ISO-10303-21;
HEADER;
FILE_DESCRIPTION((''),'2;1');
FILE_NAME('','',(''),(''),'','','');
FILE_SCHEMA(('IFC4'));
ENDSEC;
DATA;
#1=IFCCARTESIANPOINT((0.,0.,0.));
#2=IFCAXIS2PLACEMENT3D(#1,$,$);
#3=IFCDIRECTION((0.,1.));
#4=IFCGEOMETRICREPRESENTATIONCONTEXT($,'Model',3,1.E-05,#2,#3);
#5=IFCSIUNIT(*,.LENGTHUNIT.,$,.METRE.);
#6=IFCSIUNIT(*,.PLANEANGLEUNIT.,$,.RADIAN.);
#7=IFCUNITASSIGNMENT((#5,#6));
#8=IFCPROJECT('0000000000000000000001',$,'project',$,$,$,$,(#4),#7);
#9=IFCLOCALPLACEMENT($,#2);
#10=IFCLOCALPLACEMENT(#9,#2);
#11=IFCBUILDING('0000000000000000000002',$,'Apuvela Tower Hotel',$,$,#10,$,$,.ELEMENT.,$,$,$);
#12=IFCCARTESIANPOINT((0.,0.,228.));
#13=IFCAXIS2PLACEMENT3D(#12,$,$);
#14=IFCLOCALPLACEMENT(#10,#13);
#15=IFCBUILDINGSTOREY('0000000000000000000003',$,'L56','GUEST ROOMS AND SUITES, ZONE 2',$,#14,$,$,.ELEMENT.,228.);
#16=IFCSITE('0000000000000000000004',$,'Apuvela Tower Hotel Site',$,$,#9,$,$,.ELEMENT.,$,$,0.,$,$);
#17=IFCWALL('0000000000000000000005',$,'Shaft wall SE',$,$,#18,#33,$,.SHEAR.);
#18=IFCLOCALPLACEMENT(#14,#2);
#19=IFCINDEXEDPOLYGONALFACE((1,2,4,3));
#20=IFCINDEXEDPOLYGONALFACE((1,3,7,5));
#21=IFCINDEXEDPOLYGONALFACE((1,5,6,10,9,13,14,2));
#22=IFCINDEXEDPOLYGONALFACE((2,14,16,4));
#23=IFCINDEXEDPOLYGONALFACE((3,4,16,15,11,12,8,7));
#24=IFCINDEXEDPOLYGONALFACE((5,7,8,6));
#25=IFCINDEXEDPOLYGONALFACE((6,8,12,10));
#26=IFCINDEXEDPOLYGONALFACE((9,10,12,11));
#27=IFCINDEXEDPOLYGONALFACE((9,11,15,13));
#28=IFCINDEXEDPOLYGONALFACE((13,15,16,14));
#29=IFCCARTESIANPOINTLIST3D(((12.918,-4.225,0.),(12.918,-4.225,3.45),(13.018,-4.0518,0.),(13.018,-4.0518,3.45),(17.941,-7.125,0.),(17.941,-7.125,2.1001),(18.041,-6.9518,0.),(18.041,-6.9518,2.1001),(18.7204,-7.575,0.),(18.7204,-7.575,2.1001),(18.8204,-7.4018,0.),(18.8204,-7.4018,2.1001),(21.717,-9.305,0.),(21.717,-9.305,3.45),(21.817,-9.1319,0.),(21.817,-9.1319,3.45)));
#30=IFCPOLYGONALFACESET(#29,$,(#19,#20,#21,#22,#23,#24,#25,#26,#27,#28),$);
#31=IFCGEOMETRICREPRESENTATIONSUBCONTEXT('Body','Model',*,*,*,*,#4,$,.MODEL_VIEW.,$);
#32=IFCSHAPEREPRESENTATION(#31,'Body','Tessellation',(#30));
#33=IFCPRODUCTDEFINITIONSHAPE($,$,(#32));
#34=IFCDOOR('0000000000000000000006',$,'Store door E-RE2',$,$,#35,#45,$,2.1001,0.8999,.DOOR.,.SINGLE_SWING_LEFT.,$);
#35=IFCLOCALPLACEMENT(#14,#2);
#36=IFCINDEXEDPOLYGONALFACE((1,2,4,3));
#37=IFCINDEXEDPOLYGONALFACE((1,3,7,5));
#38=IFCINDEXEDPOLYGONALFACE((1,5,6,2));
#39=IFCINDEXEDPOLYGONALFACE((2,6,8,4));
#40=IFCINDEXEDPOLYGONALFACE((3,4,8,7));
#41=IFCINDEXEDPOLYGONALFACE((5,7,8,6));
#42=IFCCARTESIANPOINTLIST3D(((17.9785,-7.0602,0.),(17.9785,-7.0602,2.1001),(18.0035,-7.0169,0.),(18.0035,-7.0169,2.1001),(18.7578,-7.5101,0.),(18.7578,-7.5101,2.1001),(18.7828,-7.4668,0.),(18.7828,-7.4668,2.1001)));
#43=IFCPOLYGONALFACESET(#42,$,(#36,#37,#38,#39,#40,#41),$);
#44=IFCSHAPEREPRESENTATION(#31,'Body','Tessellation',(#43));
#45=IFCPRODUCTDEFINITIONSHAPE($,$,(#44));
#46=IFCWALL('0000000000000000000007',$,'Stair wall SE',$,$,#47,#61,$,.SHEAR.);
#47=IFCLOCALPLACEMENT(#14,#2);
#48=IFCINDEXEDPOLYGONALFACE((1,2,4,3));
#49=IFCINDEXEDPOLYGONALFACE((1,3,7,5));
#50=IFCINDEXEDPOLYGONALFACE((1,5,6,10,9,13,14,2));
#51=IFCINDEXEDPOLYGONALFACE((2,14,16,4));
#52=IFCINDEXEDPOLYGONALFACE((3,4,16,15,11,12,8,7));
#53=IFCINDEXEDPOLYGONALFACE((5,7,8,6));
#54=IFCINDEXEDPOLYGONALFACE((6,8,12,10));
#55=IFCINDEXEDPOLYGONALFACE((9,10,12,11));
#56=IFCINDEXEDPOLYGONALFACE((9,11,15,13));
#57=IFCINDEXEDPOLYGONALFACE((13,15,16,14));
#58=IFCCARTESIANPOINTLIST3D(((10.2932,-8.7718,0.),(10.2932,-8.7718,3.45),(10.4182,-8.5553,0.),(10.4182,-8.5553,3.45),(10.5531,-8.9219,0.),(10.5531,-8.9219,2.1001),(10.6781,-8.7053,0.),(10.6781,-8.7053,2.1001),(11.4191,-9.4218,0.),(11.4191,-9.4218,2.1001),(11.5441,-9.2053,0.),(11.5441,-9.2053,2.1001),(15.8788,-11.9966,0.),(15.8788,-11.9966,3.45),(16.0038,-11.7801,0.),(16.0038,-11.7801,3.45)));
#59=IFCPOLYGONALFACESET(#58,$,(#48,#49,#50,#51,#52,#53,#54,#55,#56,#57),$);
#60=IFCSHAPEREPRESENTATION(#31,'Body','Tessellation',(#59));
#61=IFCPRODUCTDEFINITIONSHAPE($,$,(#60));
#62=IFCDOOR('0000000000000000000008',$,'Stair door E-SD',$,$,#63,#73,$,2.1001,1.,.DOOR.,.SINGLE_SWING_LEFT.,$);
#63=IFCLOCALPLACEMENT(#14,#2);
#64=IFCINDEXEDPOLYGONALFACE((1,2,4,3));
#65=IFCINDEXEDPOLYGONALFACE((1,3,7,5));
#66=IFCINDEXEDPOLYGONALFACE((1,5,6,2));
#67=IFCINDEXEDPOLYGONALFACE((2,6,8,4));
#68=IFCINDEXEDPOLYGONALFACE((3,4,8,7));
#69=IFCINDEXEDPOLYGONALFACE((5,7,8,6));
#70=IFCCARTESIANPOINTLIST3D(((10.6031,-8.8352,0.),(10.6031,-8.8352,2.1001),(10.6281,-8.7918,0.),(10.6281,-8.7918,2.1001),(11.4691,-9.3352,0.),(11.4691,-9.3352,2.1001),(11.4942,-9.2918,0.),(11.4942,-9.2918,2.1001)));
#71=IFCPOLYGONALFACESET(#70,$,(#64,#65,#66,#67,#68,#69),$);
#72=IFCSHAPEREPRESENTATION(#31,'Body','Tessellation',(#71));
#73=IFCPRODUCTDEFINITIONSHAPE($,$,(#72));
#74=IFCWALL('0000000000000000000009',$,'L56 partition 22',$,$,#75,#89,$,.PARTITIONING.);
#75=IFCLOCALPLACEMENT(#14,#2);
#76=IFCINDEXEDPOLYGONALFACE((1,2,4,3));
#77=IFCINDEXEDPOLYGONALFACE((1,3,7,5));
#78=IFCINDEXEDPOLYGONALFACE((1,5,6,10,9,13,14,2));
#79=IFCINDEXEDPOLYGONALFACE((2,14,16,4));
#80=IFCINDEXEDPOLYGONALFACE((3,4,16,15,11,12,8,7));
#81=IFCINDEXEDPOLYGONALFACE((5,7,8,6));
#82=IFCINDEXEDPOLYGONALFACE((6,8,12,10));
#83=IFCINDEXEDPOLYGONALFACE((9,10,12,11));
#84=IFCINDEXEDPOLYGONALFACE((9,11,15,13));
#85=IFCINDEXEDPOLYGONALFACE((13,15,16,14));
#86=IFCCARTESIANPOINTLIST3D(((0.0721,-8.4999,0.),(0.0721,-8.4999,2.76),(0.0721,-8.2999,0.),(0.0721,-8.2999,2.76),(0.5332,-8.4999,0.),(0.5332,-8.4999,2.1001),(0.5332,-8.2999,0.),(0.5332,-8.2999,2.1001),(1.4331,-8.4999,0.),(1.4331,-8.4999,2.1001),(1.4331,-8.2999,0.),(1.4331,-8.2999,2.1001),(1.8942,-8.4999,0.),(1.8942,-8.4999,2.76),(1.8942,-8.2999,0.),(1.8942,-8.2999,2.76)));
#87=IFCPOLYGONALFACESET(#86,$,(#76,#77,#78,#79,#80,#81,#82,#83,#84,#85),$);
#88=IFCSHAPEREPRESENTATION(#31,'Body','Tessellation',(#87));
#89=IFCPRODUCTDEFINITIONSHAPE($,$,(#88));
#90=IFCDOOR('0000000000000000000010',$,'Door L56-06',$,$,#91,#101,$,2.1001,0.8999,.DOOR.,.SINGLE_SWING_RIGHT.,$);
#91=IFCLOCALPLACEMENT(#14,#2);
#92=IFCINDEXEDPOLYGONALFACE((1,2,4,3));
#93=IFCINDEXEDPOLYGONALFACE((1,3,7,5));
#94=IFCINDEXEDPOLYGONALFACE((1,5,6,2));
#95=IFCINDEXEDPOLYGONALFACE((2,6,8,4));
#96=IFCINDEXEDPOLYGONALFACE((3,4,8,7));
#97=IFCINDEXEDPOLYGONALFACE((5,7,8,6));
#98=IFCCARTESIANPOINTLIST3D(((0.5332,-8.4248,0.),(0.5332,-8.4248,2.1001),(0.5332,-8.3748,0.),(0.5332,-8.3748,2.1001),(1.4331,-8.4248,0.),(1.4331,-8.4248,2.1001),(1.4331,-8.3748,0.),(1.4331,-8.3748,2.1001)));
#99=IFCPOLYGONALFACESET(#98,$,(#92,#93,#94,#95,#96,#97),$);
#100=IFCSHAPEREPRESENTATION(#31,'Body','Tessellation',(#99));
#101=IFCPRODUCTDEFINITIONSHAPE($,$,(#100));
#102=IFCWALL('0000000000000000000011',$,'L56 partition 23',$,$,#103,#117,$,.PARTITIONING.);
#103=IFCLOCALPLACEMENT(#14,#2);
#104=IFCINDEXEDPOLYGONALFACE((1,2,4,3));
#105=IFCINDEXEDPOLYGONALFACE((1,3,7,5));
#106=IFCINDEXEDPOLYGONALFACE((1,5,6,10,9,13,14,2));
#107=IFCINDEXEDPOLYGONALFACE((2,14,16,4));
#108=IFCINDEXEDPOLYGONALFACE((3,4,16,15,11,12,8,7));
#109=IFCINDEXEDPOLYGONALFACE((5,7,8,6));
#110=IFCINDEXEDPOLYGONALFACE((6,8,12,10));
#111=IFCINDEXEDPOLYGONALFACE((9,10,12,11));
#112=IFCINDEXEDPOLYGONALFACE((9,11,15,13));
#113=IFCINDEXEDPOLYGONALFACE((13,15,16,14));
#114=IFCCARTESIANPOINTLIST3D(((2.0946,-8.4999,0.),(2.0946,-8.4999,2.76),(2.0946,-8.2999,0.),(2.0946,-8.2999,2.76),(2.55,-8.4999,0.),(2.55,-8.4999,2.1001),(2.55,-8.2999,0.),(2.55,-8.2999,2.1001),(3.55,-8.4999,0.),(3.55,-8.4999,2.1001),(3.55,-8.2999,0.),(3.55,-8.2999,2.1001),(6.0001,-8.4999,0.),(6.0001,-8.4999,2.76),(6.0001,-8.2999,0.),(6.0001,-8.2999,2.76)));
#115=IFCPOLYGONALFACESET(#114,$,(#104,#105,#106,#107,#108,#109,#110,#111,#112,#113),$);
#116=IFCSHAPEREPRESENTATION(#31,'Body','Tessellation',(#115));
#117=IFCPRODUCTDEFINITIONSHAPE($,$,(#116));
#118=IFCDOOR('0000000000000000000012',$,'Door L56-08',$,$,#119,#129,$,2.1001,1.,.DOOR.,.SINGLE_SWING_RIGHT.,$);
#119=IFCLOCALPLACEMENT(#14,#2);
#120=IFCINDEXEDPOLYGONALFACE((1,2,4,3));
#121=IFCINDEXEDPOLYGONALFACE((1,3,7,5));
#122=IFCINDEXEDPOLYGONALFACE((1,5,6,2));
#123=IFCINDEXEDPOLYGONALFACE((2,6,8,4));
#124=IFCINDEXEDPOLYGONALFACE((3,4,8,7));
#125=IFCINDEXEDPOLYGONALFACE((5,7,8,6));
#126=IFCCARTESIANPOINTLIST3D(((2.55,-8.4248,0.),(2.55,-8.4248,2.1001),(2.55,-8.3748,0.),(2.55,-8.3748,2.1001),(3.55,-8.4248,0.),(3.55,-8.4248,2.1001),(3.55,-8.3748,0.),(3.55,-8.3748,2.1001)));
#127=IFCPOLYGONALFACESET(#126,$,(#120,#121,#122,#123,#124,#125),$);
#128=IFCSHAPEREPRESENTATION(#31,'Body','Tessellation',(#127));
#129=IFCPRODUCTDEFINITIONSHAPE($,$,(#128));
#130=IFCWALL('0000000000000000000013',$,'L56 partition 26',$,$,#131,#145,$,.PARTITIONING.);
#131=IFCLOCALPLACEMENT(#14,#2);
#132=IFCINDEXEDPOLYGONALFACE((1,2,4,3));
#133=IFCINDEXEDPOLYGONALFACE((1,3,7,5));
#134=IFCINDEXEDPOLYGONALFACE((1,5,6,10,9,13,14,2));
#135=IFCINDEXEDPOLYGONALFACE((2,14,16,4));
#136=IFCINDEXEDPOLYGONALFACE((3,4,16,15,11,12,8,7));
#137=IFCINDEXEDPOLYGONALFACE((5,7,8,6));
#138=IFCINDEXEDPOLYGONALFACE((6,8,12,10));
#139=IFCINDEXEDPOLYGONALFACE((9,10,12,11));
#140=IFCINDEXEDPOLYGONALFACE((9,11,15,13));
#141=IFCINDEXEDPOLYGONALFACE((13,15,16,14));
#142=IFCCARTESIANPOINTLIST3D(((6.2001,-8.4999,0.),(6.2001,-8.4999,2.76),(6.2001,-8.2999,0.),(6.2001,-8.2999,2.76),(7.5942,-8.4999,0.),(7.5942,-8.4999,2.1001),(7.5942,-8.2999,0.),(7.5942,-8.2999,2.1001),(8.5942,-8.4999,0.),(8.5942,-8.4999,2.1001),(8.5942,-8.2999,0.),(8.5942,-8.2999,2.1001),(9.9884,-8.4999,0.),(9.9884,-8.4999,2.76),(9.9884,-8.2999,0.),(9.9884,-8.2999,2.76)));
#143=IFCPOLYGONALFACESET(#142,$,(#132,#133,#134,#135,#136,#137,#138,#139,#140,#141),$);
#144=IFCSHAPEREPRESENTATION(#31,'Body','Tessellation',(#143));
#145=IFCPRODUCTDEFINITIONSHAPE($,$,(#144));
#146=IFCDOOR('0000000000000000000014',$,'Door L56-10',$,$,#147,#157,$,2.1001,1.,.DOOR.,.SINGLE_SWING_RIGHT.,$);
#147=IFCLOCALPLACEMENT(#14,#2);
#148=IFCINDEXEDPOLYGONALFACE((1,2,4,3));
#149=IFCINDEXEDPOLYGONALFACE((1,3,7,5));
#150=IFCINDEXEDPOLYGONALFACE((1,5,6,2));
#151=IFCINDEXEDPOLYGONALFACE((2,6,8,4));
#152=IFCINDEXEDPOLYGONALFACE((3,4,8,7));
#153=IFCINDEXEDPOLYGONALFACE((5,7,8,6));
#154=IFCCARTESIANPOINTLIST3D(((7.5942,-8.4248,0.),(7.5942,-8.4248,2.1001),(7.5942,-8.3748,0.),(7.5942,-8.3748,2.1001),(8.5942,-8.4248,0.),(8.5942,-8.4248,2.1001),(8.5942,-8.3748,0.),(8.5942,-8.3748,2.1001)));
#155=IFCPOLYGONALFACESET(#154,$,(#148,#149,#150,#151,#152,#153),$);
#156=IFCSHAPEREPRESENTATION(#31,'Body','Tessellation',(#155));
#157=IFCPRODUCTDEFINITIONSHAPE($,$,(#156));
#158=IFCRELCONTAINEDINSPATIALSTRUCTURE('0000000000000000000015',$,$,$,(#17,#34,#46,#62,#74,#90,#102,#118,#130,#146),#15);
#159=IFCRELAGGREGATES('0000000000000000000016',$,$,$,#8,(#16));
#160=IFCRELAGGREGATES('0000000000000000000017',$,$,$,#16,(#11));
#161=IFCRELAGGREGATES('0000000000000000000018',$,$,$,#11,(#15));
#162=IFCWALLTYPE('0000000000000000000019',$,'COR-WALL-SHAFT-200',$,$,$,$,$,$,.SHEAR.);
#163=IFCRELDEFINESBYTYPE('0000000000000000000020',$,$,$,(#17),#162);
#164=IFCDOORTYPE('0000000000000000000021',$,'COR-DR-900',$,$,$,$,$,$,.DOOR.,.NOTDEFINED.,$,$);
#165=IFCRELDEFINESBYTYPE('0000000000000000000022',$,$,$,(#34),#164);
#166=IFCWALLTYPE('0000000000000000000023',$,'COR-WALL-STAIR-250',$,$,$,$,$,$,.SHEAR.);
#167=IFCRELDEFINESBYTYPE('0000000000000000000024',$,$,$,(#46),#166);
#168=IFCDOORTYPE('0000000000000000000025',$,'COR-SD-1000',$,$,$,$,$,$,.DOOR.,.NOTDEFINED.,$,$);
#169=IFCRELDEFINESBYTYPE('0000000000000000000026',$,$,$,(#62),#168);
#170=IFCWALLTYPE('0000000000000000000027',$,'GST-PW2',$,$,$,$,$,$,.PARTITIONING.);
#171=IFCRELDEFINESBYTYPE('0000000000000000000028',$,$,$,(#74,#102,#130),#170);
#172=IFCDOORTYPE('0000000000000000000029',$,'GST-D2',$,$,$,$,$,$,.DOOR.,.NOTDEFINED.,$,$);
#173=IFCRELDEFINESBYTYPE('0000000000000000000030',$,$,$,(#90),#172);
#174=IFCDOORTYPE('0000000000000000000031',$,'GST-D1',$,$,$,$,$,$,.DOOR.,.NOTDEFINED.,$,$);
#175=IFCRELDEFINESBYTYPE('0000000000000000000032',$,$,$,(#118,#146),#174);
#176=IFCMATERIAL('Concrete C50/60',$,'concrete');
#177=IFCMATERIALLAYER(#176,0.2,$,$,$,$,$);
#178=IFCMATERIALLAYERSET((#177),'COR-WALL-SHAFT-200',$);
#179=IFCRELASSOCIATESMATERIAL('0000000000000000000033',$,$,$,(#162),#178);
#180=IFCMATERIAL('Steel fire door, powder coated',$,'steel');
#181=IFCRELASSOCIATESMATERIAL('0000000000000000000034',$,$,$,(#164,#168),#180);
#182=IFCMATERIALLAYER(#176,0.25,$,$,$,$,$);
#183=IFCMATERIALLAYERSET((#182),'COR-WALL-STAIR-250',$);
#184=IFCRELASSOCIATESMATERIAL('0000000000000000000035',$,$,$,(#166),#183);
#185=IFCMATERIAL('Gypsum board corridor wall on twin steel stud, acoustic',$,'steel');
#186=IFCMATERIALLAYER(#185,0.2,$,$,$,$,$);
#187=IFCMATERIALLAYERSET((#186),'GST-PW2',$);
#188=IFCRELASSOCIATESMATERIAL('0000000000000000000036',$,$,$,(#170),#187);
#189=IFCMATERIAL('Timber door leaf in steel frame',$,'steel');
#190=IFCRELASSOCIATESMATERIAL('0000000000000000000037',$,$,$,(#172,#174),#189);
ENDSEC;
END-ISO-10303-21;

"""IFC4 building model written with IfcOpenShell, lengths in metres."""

from ifc_helpers import new_model, si_unit, direction, frame, frame_2d, origin, place, context, subcontext, project, spatial, rectangle, extrude, material, layer, layer_set, type_object, element, fill, save


model = new_model("IFC4")

# Units and contexts
model_context = context("Model", 3, precision=1e-05, world=origin(), true_north=direction((0.0, 1.0)))
body_context = subcontext(model_context, "Body", "Model", "MODEL_VIEW")
ifc_project = project(units=[si_unit("LENGTHUNIT", "METRE"), si_unit("PLANEANGLEUNIT", "RADIAN")], contexts=[model_context])

# Site, building, storey
site_placement = place(None, origin())
site = spatial("IfcSite", under=ifc_project, at=site_placement, Name="Apuvela Tower Hotel Site", CompositionType="ELEMENT", RefElevation=0.0)
building_placement = place(site_placement, origin())
building = spatial("IfcBuilding", under=site, at=building_placement, Name="Apuvela Tower Hotel", CompositionType="ELEMENT")
storey_placement = place(building_placement, frame((0.0, 0.0, 228.0)))
storey = spatial("IfcBuildingStorey", under=building, at=storey_placement, Name="L56", Description="GUEST ROOMS AND SUITES, ZONE 2", CompositionType="ELEMENT", Elevation=228.0)

# Shared definitions
ifc_material_1 = material(Name="Concrete C50/60", Category="concrete")
ifc_material_2 = material(Name="Steel fire door, powder coated", Category="steel")

# Shared definitions
ifc_layer_1 = layer(ifc_material_1, 0.2)
ifc_layer_set_1 = layer_set([ifc_layer_1], Name="COR-WALL-SHAFT-200")
wall_type_1 = type_object("IfcWallType", Name="COR-WALL-SHAFT-200", PredefinedType="SHEAR", material=ifc_layer_set_1)

# Walls, openings, doors
wall_1_placement = place(storey_placement, frame((12.968, -4.1384, 0.0), z_axis=(0.0, 0.0, 1.0), x_axis=(0.866028, -0.499995, 0.0)))
wall_1 = element("IfcWall", 1, at=wall_1_placement, inside=storey, type_object=wall_type_1, Name="Shaft wall SE", PredefinedType="SHEAR", context=body_context, shape_type="SweptSolid", body=[
    extrude(rectangle(XDim=10.1602, YDim=0.2, at=frame_2d((5.0801, 0.0))), origin(), (0.0, 0.0, 1.0), 3.45),
])
opening_1_placement = place(wall_1_placement, frame((5.8, 0.0, 0.0)))
opening_1 = element("IfcOpeningElement", 2, at=opening_1_placement, cuts=wall_1, PredefinedType="OPENING", context=body_context, shape_type="SweptSolid", body=[
    extrude(rectangle(XDim=0.8999, YDim=2.1001, at=frame_2d((0.45, 1.05))), frame((0.0, 0.1099, 0.0), z_axis=(0.0, -1.0, 0.0), x_axis=(1.0, 0.0, 0.0)), (0.0, 0.0, 1.0), 0.22),
])
door_type_1 = type_object("IfcDoorType", Name="COR-DR-900", OperationType="NOTDEFINED", PredefinedType="DOOR", material=ifc_material_2)
door_1_placement = place(opening_1_placement, origin())
door_1 = element("IfcDoor", 3, at=door_1_placement, inside=storey, type_object=door_type_1, Name="Store door E-RE2", OperationType="SINGLE_SWING_LEFT", OverallHeight=2.1001, OverallWidth=0.8999, PredefinedType="DOOR", context=body_context, shape_type="SweptSolid", body=[
    extrude(rectangle(XDim=0.8999, YDim=2.1001, at=frame_2d((0.45, 1.05))), frame((0.0, 0.0249, 0.0), z_axis=(0.0, -1.0, 0.0), x_axis=(1.0, 0.0, 0.0)), (0.0, 0.0, 1.0), 0.05),
])
fill(opening_1, door_1)
ifc_layer_2 = layer(ifc_material_1, 0.25)
ifc_layer_set_2 = layer_set([ifc_layer_2], Name="COR-WALL-STAIR-250")
wall_type_2 = type_object("IfcWallType", Name="COR-WALL-STAIR-250", PredefinedType="SHEAR", material=ifc_layer_set_2)
wall_2_placement = place(storey_placement, frame((10.3557, -8.6636, 0.0), z_axis=(0.0, 0.0, 1.0), x_axis=(0.866029, -0.499994, 0.0)))
wall_2 = element("IfcWall", 4, at=wall_2_placement, inside=storey, type_object=wall_type_2, Name="Stair wall SE", PredefinedType="SHEAR", context=body_context, shape_type="SweptSolid", body=[
    extrude(rectangle(XDim=6.4497, YDim=0.25, at=frame_2d((3.2249, 0.0))), origin(), (0.0, 0.0, 1.0), 3.45),
])
opening_2_placement = place(wall_2_placement, frame((0.3, 0.0, 0.0)))
opening_2 = element("IfcOpeningElement", 5, at=opening_2_placement, cuts=wall_2, PredefinedType="OPENING", context=body_context, shape_type="SweptSolid", body=[
    extrude(rectangle(XDim=1.0, YDim=2.1001, at=frame_2d((0.5, 1.05))), frame((0.0, 0.135, 0.0), z_axis=(0.0, -1.0, 0.0), x_axis=(1.0, 0.0, 0.0)), (0.0, 0.0, 1.0), 0.27),
])
door_type_2 = type_object("IfcDoorType", Name="COR-SD-1000", OperationType="NOTDEFINED", PredefinedType="DOOR", material=ifc_material_2)
door_2_placement = place(opening_2_placement, frame((1.0, 0.0, 0.0), z_axis=(0.0, 0.0, 1.0), x_axis=(-1.0, 0.0, 0.0)))
door_2 = element("IfcDoor", 6, at=door_2_placement, inside=storey, type_object=door_type_2, Name="Stair door E-SD", OperationType="SINGLE_SWING_LEFT", OverallHeight=2.1001, OverallWidth=1.0, PredefinedType="DOOR", context=body_context, shape_type="SweptSolid", body=[
    extrude(rectangle(XDim=1.0, YDim=2.1001, at=frame_2d((0.5, 1.05))), frame((0.0, 0.0249, 0.0), z_axis=(0.0, -1.0, 0.0), x_axis=(1.0, 0.0, 0.0)), (0.0, 0.0, 1.0), 0.05),
])
fill(opening_2, door_2)
ifc_material_3 = material(Name="Gypsum board corridor wall on twin steel stud, acoustic", Category="steel")
ifc_layer_3 = layer(ifc_material_3, 0.2)
ifc_layer_set_3 = layer_set([ifc_layer_3], Name="GST-PW2")
wall_type_3 = type_object("IfcWallType", Name="GST-PW2", PredefinedType="PARTITIONING", material=ifc_layer_set_3)
wall_3_placement = place(storey_placement, frame((1.8943, -8.3999, 0.0), z_axis=(0.0, 0.0, 1.0), x_axis=(-1.0, 0.0, 0.0)))
wall_3 = element("IfcWall", 7, at=wall_3_placement, inside=storey, type_object=wall_type_3, Name="L56 partition 22", PredefinedType="PARTITIONING", context=body_context, shape_type="SweptSolid", body=[
    extrude(rectangle(XDim=1.822, YDim=0.2, at=frame_2d((0.9111, 0.0))), origin(), (0.0, 0.0, 1.0), 2.76),
])
opening_3_placement = place(wall_3_placement, frame((0.4612, 0.0, 0.0)))
opening_3 = element("IfcOpeningElement", 8, at=opening_3_placement, cuts=wall_3, PredefinedType="OPENING", context=body_context, shape_type="SweptSolid", body=[
    extrude(rectangle(XDim=0.8999, YDim=2.1001, at=frame_2d((0.45, 1.05))), frame((0.0, 0.1099, 0.0), z_axis=(0.0, -1.0, 0.0), x_axis=(1.0, 0.0, 0.0)), (0.0, 0.0, 1.0), 0.22),
])
ifc_material_4 = material(Name="Timber door leaf in steel frame", Category="steel")
door_type_3 = type_object("IfcDoorType", Name="GST-D2", OperationType="NOTDEFINED", PredefinedType="DOOR", material=ifc_material_4)
door_3_placement = place(opening_3_placement, origin())
door_3 = element("IfcDoor", 9, at=door_3_placement, inside=storey, type_object=door_type_3, Name="Door L56-06", OperationType="SINGLE_SWING_RIGHT", OverallHeight=2.1001, OverallWidth=0.8999, PredefinedType="DOOR", context=body_context, shape_type="SweptSolid", body=[
    extrude(rectangle(XDim=0.8999, YDim=2.1001, at=frame_2d((0.45, 1.05))), frame((0.0, 0.0249, 0.0), z_axis=(0.0, -1.0, 0.0), x_axis=(1.0, 0.0, 0.0)), (0.0, 0.0, 1.0), 0.05),
])
fill(opening_3, door_3)
wall_4_placement = place(storey_placement, frame((6.0, -8.3999, 0.0), z_axis=(0.0, 0.0, 1.0), x_axis=(-1.0, 0.0, 0.0)))
wall_4 = element("IfcWall", 10, at=wall_4_placement, inside=storey, type_object=wall_type_3, Name="L56 partition 23", PredefinedType="PARTITIONING", context=body_context, shape_type="SweptSolid", body=[
    extrude(rectangle(XDim=3.9055, YDim=0.2, at=frame_2d((1.9526, 0.0))), origin(), (0.0, 0.0, 1.0), 2.76),
])
opening_4_placement = place(wall_4_placement, frame((2.45, 0.0, 0.0)))
opening_4 = element("IfcOpeningElement", 11, at=opening_4_placement, cuts=wall_4, PredefinedType="OPENING", context=body_context, shape_type="SweptSolid", body=[
    extrude(rectangle(XDim=1.0, YDim=2.1001, at=frame_2d((0.5, 1.05))), frame((0.0, 0.1099, 0.0), z_axis=(0.0, -1.0, 0.0), x_axis=(1.0, 0.0, 0.0)), (0.0, 0.0, 1.0), 0.22),
])
door_type_4 = type_object("IfcDoorType", Name="GST-D1", OperationType="NOTDEFINED", PredefinedType="DOOR", material=ifc_material_4)
door_4_placement = place(opening_4_placement, origin())
door_4 = element("IfcDoor", 12, at=door_4_placement, inside=storey, type_object=door_type_4, Name="Door L56-08", OperationType="SINGLE_SWING_RIGHT", OverallHeight=2.1001, OverallWidth=1.0, PredefinedType="DOOR", context=body_context, shape_type="SweptSolid", body=[
    extrude(rectangle(XDim=1.0, YDim=2.1001, at=frame_2d((0.5, 1.05))), frame((0.0, 0.0249, 0.0), z_axis=(0.0, -1.0, 0.0), x_axis=(1.0, 0.0, 0.0)), (0.0, 0.0, 1.0), 0.05),
])
fill(opening_4, door_4)
wall_5_placement = place(storey_placement, frame((9.9883, -8.3999, 0.0), z_axis=(0.0, 0.0, 1.0), x_axis=(-1.0, 0.0, 0.0)))
wall_5 = element("IfcWall", 13, at=wall_5_placement, inside=storey, type_object=wall_type_3, Name="L56 partition 26", PredefinedType="PARTITIONING", context=body_context, shape_type="SweptSolid", body=[
    extrude(rectangle(XDim=3.7883, YDim=0.2, at=frame_2d((1.894, 0.0))), origin(), (0.0, 0.0, 1.0), 2.76),
])
opening_5_placement = place(wall_5_placement, frame((1.394, 0.0, 0.0)))
opening_5 = element("IfcOpeningElement", 14, at=opening_5_placement, cuts=wall_5, PredefinedType="OPENING", context=body_context, shape_type="SweptSolid", body=[
    extrude(rectangle(XDim=1.0, YDim=2.1001, at=frame_2d((0.5, 1.05))), frame((0.0, 0.1099, 0.0), z_axis=(0.0, -1.0, 0.0), x_axis=(1.0, 0.0, 0.0)), (0.0, 0.0, 1.0), 0.22),
])
door_5_placement = place(opening_5_placement, origin())
door_5 = element("IfcDoor", 15, at=door_5_placement, inside=storey, type_object=door_type_4, Name="Door L56-10", OperationType="SINGLE_SWING_RIGHT", OverallHeight=2.1001, OverallWidth=1.0, PredefinedType="DOOR", context=body_context, shape_type="SweptSolid", body=[
    extrude(rectangle(XDim=1.0, YDim=2.1001, at=frame_2d((0.5, 1.05))), frame((0.0, 0.0249, 0.0), z_axis=(0.0, -1.0, 0.0), x_axis=(1.0, 0.0, 0.0)), (0.0, 0.0, 1.0), 0.05),
])
fill(opening_5, door_5)

save(model, "model.ifc")
